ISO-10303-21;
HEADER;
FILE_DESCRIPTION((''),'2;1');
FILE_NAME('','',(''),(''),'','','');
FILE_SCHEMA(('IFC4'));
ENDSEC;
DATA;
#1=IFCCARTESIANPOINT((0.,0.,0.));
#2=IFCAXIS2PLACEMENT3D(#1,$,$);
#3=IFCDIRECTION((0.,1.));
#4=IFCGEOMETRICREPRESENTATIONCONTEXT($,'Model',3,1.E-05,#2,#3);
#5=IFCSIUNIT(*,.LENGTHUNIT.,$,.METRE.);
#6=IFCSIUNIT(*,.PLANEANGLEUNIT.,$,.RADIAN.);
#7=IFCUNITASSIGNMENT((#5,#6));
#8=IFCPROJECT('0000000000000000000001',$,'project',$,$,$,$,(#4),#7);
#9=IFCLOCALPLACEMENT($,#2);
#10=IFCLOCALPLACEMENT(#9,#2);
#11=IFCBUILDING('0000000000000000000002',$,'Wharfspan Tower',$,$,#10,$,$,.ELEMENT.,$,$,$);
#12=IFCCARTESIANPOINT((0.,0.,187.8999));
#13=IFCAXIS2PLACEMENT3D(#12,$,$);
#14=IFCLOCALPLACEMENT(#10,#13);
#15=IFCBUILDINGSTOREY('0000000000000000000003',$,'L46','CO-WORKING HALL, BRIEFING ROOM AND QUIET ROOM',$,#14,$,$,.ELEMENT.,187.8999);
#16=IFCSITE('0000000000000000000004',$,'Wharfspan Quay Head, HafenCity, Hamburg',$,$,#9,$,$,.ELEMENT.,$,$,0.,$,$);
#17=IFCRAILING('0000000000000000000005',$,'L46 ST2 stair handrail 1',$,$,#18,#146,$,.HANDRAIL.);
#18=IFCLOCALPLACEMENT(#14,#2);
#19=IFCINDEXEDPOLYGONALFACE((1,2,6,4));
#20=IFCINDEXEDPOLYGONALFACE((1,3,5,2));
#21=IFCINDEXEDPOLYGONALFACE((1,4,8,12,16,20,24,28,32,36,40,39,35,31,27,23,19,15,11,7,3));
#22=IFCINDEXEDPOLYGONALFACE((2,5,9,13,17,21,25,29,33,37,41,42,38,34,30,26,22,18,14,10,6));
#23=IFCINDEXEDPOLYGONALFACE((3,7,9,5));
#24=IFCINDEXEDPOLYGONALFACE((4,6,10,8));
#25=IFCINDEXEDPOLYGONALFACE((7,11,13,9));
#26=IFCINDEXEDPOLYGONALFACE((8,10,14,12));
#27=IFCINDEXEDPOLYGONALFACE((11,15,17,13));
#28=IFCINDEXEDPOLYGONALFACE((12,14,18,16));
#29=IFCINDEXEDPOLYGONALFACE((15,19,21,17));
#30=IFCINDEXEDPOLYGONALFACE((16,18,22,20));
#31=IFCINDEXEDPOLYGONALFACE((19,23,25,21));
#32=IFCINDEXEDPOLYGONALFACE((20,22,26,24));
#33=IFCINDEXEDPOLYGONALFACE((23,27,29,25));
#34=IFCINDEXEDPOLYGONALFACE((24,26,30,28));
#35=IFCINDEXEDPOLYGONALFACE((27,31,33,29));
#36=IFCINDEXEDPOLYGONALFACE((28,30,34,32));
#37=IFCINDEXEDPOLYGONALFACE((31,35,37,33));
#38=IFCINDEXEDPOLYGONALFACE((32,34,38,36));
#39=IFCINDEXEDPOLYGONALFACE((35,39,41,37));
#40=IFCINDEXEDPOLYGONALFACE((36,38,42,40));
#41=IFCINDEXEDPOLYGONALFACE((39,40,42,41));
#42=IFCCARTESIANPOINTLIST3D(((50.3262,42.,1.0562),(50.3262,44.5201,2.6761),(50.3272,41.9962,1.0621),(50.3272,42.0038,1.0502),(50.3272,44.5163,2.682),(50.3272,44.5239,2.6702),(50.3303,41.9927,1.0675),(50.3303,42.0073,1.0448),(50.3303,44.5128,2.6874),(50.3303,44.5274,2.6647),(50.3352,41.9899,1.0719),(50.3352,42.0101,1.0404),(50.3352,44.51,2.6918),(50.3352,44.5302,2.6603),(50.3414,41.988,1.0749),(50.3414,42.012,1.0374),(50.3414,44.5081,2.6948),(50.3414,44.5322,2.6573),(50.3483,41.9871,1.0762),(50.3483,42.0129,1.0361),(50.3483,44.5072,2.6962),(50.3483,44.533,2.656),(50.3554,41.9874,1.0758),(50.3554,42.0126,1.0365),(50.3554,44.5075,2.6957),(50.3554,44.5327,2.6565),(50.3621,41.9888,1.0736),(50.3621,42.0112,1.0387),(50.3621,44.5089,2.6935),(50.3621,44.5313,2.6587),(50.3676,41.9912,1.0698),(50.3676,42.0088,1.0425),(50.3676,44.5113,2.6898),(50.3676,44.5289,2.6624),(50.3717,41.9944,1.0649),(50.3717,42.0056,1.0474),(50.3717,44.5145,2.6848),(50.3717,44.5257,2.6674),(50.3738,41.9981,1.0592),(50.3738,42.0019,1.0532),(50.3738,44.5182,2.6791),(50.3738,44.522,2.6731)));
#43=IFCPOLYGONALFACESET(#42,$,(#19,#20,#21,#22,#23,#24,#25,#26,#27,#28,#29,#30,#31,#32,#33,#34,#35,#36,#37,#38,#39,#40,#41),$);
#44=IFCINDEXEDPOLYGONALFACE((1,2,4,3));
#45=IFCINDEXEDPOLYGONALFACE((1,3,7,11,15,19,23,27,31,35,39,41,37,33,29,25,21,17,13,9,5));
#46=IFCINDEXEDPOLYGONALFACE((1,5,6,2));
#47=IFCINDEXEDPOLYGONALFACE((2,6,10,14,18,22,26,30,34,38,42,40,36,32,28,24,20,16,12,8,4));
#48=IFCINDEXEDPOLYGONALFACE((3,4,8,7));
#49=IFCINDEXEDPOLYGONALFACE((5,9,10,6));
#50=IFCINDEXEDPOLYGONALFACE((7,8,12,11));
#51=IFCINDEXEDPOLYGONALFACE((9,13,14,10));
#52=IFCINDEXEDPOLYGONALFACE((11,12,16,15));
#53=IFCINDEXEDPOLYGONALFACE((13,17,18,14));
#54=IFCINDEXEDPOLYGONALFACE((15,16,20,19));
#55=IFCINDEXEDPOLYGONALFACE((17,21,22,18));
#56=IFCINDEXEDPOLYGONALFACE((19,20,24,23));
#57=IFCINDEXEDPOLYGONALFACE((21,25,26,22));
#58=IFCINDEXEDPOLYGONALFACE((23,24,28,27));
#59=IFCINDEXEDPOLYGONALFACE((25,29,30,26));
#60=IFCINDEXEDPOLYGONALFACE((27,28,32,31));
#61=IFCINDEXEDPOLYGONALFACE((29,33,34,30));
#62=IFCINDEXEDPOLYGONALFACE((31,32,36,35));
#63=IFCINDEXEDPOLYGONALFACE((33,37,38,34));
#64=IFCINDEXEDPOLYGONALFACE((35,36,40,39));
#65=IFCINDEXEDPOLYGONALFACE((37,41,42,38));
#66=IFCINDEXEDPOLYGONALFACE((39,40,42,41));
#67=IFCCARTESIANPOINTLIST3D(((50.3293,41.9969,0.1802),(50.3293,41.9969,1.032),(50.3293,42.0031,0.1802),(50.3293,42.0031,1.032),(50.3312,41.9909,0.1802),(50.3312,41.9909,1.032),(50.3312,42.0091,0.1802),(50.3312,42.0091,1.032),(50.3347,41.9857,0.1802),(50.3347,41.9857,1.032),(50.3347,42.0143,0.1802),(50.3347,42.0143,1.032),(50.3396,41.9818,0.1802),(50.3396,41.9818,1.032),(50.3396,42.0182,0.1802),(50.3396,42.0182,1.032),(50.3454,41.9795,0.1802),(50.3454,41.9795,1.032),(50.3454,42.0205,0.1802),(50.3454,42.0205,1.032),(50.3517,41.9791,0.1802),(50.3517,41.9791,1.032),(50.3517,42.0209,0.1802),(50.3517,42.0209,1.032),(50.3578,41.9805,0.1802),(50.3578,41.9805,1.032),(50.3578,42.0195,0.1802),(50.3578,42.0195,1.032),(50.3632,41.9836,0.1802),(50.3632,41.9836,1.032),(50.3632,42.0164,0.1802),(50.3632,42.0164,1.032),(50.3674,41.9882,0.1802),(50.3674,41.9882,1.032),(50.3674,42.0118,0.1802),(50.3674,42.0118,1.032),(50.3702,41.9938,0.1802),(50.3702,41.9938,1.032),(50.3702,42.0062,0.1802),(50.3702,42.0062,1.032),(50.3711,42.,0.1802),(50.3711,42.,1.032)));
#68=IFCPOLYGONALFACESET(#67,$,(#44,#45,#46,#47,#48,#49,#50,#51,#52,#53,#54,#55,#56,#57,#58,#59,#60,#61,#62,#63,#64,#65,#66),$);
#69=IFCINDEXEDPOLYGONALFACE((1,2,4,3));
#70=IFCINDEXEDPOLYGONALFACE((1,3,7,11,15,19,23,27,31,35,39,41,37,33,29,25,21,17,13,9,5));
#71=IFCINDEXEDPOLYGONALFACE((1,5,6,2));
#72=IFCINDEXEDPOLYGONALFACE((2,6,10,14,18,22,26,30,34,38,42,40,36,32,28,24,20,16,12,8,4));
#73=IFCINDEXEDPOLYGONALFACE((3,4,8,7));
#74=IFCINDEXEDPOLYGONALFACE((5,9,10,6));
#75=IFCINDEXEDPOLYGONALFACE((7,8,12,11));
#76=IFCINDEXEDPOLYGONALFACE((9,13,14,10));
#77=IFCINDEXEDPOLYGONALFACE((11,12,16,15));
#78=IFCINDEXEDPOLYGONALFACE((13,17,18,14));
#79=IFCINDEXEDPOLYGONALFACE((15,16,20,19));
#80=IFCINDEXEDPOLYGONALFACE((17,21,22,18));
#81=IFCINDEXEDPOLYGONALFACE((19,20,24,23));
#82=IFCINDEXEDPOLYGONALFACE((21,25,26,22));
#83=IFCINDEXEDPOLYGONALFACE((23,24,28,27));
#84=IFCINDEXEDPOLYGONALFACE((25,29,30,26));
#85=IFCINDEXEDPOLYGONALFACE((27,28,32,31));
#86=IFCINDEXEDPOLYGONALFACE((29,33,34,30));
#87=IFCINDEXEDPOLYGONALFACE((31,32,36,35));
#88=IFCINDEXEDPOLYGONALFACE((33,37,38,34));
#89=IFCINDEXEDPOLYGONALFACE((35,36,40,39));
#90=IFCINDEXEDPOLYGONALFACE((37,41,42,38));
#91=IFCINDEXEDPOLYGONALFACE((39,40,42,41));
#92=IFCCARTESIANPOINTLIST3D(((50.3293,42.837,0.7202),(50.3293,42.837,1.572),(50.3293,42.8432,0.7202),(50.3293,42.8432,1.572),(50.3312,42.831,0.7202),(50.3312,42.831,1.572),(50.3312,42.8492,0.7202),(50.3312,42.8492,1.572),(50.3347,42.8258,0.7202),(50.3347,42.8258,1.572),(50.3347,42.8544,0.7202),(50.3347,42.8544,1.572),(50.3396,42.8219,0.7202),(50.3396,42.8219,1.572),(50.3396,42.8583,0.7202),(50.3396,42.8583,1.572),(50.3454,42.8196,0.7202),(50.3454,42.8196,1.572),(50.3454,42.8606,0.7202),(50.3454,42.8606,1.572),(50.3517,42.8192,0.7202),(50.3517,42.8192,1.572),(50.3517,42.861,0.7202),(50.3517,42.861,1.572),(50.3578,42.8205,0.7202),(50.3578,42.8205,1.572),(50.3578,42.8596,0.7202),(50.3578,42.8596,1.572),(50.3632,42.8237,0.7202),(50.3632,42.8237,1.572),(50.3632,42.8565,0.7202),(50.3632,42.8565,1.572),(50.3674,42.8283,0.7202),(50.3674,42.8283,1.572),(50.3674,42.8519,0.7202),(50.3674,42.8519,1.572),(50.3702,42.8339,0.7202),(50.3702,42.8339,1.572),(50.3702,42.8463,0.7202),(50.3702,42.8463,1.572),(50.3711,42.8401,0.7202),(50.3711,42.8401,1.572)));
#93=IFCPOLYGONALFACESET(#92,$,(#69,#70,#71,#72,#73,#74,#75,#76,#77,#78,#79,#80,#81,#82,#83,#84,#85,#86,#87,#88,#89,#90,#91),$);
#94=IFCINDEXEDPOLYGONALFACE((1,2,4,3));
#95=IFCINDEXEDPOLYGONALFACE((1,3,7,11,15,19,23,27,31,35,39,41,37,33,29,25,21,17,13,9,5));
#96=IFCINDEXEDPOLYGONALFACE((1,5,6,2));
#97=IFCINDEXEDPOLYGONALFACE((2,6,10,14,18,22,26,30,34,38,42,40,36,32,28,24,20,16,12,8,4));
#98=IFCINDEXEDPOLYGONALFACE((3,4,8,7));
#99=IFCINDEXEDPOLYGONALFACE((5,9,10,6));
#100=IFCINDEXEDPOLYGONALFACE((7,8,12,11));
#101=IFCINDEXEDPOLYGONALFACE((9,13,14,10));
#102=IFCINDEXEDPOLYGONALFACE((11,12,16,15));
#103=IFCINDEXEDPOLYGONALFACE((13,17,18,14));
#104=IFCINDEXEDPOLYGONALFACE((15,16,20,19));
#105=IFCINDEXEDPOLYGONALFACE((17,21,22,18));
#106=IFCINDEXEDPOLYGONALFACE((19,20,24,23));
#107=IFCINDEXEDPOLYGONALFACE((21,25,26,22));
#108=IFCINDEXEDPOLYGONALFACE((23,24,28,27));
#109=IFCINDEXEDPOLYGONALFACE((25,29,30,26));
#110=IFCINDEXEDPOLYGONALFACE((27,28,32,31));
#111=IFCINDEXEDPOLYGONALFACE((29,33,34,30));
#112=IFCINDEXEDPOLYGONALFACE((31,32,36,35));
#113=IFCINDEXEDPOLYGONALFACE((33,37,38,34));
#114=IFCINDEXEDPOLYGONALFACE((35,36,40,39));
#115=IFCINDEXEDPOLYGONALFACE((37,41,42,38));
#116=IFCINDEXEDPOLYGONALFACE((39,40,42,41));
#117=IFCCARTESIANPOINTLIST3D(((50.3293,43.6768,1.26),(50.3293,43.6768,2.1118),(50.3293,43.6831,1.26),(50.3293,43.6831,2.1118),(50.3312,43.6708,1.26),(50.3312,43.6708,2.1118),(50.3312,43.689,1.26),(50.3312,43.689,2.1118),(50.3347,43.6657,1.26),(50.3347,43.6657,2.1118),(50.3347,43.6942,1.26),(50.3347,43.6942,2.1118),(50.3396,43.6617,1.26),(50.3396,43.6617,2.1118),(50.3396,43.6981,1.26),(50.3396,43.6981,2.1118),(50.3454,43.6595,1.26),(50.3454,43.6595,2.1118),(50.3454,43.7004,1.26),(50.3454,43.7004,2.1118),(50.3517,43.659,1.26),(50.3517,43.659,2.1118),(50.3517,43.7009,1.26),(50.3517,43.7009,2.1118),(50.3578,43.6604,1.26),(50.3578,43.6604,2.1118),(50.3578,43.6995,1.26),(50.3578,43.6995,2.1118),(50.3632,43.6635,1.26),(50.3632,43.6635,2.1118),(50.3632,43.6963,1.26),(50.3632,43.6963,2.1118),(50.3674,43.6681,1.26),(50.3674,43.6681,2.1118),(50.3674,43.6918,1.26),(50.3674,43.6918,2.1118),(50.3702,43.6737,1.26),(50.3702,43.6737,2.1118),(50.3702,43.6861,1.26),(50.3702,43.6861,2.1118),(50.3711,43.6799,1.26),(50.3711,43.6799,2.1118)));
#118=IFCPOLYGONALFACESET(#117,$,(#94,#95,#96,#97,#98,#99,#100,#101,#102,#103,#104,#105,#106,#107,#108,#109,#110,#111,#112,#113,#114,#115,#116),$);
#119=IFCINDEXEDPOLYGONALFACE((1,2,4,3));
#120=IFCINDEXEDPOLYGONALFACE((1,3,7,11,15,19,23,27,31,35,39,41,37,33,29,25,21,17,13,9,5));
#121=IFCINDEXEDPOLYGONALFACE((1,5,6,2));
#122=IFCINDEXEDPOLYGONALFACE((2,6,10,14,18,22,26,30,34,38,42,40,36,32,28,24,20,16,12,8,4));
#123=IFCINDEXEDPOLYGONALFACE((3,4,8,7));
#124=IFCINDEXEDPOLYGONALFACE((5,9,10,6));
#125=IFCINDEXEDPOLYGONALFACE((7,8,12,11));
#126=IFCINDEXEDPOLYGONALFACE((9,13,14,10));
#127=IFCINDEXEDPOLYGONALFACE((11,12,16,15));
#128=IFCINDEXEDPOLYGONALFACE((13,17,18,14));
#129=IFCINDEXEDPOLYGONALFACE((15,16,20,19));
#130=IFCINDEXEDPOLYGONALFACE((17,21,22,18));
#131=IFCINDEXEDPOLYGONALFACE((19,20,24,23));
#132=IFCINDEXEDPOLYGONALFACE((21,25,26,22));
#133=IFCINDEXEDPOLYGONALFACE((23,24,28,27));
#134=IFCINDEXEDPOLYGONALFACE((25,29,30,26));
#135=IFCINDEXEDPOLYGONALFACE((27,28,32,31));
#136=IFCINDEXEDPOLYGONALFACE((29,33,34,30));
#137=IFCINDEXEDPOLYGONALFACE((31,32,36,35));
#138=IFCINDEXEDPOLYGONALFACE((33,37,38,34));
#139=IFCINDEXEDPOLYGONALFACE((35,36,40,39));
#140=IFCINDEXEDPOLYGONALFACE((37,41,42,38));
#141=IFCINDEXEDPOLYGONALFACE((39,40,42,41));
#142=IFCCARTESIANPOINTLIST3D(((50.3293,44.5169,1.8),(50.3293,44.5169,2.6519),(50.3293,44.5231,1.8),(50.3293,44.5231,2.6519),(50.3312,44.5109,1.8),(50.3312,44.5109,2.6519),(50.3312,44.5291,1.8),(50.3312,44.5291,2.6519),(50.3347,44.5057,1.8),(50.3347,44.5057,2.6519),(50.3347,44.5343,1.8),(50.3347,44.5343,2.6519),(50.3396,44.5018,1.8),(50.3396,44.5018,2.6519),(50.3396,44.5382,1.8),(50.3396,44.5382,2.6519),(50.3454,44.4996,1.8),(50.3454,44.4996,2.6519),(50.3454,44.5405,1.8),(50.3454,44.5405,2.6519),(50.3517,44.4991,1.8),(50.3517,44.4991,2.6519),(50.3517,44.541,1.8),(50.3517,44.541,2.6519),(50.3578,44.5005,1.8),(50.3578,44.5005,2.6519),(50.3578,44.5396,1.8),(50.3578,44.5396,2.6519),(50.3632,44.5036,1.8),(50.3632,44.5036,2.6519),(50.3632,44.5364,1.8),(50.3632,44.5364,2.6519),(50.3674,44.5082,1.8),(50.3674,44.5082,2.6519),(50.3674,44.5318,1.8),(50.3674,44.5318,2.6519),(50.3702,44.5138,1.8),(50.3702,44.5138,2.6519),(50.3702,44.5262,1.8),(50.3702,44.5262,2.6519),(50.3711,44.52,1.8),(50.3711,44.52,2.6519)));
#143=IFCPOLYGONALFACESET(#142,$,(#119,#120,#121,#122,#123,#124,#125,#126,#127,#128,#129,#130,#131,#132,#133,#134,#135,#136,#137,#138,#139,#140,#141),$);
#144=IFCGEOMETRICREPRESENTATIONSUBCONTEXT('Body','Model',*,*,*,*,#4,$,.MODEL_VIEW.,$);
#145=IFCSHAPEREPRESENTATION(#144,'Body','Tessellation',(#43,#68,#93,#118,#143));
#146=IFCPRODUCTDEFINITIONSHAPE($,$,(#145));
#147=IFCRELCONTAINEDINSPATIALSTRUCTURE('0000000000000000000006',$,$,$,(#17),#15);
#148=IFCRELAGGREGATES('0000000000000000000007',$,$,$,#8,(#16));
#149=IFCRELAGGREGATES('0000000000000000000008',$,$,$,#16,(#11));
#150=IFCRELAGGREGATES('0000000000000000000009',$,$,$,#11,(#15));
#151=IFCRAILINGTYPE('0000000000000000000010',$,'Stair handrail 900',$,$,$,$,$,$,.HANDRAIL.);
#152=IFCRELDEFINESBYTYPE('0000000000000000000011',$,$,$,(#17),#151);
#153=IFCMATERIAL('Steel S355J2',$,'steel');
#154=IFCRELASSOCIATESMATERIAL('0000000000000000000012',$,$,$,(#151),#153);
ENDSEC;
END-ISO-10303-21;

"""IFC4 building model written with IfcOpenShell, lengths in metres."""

from ifc_helpers import new_model, si_unit, direction, frame, origin, origin_2d, place, context, subcontext, project, spatial, circle, extrude, material, type_object, element, save


model = new_model("IFC4")

# Units and contexts
model_context = context("Model", 3, precision=1e-05, world=origin(), true_north=direction((0.0, 1.0)))
body_context = subcontext(model_context, "Body", "Model", "MODEL_VIEW")
ifc_project = project(units=[si_unit("LENGTHUNIT", "METRE"), si_unit("PLANEANGLEUNIT", "RADIAN")], contexts=[model_context])

# Site, building, storey
site_placement = place(None, origin())
site = spatial("IfcSite", under=ifc_project, at=site_placement, Name="Wharfspan Quay Head, HafenCity, Hamburg", CompositionType="ELEMENT", RefElevation=0.0)
building_placement = place(site_placement, origin())
building = spatial("IfcBuilding", under=site, at=building_placement, Name="Wharfspan Tower", CompositionType="ELEMENT")
storey_placement = place(building_placement, frame((0.0, 0.0, 187.8999)))
storey = spatial("IfcBuildingStorey", under=building, at=storey_placement, Name="L46", Description="CO-WORKING HALL, BRIEFING ROOM AND QUIET ROOM", CompositionType="ELEMENT", Elevation=187.8999)

# Railing
ifc_material_1 = material(Name="Steel S355J2", Category="steel")
railing_type = type_object("IfcRailingType", Name="Stair handrail 900", PredefinedType="HANDRAIL", material=ifc_material_1)
railing_placement = place(storey_placement, frame((50.3501, 42.0, 0.1802)))
element("IfcRailing", 1, at=railing_placement, inside=storey, type_object=railing_type, Name="L46 ST2 stair handrail 1", PredefinedType="HANDRAIL", context=body_context, shape_type="SweptSolid", body=[
    extrude(circle(Radius=0.0239, at=origin_2d()), frame((0.0, 0.0, 0.876), z_axis=(0.0, 0.8412, 0.540725), x_axis=(-1.0, 0.0, 0.0)), (0.0, 0.0, 1.0), 2.9958),
    extrude(circle(Radius=0.021, at=origin_2d()), origin(), (0.0, 0.0, 1.0), 0.8518),
    extrude(circle(Radius=0.021, at=origin_2d()), frame((0.0, 0.8401, 0.54)), (0.0, 0.0, 1.0), 0.8518),
    extrude(circle(Radius=0.021, at=origin_2d()), frame((0.0, 1.6799, 1.0798)), (0.0, 0.0, 1.0), 0.8518),
    extrude(circle(Radius=0.021, at=origin_2d()), frame((0.0, 2.52, 1.6199)), (0.0, 0.0, 1.0), 0.8518),
])

save(model, "model.ifc")
